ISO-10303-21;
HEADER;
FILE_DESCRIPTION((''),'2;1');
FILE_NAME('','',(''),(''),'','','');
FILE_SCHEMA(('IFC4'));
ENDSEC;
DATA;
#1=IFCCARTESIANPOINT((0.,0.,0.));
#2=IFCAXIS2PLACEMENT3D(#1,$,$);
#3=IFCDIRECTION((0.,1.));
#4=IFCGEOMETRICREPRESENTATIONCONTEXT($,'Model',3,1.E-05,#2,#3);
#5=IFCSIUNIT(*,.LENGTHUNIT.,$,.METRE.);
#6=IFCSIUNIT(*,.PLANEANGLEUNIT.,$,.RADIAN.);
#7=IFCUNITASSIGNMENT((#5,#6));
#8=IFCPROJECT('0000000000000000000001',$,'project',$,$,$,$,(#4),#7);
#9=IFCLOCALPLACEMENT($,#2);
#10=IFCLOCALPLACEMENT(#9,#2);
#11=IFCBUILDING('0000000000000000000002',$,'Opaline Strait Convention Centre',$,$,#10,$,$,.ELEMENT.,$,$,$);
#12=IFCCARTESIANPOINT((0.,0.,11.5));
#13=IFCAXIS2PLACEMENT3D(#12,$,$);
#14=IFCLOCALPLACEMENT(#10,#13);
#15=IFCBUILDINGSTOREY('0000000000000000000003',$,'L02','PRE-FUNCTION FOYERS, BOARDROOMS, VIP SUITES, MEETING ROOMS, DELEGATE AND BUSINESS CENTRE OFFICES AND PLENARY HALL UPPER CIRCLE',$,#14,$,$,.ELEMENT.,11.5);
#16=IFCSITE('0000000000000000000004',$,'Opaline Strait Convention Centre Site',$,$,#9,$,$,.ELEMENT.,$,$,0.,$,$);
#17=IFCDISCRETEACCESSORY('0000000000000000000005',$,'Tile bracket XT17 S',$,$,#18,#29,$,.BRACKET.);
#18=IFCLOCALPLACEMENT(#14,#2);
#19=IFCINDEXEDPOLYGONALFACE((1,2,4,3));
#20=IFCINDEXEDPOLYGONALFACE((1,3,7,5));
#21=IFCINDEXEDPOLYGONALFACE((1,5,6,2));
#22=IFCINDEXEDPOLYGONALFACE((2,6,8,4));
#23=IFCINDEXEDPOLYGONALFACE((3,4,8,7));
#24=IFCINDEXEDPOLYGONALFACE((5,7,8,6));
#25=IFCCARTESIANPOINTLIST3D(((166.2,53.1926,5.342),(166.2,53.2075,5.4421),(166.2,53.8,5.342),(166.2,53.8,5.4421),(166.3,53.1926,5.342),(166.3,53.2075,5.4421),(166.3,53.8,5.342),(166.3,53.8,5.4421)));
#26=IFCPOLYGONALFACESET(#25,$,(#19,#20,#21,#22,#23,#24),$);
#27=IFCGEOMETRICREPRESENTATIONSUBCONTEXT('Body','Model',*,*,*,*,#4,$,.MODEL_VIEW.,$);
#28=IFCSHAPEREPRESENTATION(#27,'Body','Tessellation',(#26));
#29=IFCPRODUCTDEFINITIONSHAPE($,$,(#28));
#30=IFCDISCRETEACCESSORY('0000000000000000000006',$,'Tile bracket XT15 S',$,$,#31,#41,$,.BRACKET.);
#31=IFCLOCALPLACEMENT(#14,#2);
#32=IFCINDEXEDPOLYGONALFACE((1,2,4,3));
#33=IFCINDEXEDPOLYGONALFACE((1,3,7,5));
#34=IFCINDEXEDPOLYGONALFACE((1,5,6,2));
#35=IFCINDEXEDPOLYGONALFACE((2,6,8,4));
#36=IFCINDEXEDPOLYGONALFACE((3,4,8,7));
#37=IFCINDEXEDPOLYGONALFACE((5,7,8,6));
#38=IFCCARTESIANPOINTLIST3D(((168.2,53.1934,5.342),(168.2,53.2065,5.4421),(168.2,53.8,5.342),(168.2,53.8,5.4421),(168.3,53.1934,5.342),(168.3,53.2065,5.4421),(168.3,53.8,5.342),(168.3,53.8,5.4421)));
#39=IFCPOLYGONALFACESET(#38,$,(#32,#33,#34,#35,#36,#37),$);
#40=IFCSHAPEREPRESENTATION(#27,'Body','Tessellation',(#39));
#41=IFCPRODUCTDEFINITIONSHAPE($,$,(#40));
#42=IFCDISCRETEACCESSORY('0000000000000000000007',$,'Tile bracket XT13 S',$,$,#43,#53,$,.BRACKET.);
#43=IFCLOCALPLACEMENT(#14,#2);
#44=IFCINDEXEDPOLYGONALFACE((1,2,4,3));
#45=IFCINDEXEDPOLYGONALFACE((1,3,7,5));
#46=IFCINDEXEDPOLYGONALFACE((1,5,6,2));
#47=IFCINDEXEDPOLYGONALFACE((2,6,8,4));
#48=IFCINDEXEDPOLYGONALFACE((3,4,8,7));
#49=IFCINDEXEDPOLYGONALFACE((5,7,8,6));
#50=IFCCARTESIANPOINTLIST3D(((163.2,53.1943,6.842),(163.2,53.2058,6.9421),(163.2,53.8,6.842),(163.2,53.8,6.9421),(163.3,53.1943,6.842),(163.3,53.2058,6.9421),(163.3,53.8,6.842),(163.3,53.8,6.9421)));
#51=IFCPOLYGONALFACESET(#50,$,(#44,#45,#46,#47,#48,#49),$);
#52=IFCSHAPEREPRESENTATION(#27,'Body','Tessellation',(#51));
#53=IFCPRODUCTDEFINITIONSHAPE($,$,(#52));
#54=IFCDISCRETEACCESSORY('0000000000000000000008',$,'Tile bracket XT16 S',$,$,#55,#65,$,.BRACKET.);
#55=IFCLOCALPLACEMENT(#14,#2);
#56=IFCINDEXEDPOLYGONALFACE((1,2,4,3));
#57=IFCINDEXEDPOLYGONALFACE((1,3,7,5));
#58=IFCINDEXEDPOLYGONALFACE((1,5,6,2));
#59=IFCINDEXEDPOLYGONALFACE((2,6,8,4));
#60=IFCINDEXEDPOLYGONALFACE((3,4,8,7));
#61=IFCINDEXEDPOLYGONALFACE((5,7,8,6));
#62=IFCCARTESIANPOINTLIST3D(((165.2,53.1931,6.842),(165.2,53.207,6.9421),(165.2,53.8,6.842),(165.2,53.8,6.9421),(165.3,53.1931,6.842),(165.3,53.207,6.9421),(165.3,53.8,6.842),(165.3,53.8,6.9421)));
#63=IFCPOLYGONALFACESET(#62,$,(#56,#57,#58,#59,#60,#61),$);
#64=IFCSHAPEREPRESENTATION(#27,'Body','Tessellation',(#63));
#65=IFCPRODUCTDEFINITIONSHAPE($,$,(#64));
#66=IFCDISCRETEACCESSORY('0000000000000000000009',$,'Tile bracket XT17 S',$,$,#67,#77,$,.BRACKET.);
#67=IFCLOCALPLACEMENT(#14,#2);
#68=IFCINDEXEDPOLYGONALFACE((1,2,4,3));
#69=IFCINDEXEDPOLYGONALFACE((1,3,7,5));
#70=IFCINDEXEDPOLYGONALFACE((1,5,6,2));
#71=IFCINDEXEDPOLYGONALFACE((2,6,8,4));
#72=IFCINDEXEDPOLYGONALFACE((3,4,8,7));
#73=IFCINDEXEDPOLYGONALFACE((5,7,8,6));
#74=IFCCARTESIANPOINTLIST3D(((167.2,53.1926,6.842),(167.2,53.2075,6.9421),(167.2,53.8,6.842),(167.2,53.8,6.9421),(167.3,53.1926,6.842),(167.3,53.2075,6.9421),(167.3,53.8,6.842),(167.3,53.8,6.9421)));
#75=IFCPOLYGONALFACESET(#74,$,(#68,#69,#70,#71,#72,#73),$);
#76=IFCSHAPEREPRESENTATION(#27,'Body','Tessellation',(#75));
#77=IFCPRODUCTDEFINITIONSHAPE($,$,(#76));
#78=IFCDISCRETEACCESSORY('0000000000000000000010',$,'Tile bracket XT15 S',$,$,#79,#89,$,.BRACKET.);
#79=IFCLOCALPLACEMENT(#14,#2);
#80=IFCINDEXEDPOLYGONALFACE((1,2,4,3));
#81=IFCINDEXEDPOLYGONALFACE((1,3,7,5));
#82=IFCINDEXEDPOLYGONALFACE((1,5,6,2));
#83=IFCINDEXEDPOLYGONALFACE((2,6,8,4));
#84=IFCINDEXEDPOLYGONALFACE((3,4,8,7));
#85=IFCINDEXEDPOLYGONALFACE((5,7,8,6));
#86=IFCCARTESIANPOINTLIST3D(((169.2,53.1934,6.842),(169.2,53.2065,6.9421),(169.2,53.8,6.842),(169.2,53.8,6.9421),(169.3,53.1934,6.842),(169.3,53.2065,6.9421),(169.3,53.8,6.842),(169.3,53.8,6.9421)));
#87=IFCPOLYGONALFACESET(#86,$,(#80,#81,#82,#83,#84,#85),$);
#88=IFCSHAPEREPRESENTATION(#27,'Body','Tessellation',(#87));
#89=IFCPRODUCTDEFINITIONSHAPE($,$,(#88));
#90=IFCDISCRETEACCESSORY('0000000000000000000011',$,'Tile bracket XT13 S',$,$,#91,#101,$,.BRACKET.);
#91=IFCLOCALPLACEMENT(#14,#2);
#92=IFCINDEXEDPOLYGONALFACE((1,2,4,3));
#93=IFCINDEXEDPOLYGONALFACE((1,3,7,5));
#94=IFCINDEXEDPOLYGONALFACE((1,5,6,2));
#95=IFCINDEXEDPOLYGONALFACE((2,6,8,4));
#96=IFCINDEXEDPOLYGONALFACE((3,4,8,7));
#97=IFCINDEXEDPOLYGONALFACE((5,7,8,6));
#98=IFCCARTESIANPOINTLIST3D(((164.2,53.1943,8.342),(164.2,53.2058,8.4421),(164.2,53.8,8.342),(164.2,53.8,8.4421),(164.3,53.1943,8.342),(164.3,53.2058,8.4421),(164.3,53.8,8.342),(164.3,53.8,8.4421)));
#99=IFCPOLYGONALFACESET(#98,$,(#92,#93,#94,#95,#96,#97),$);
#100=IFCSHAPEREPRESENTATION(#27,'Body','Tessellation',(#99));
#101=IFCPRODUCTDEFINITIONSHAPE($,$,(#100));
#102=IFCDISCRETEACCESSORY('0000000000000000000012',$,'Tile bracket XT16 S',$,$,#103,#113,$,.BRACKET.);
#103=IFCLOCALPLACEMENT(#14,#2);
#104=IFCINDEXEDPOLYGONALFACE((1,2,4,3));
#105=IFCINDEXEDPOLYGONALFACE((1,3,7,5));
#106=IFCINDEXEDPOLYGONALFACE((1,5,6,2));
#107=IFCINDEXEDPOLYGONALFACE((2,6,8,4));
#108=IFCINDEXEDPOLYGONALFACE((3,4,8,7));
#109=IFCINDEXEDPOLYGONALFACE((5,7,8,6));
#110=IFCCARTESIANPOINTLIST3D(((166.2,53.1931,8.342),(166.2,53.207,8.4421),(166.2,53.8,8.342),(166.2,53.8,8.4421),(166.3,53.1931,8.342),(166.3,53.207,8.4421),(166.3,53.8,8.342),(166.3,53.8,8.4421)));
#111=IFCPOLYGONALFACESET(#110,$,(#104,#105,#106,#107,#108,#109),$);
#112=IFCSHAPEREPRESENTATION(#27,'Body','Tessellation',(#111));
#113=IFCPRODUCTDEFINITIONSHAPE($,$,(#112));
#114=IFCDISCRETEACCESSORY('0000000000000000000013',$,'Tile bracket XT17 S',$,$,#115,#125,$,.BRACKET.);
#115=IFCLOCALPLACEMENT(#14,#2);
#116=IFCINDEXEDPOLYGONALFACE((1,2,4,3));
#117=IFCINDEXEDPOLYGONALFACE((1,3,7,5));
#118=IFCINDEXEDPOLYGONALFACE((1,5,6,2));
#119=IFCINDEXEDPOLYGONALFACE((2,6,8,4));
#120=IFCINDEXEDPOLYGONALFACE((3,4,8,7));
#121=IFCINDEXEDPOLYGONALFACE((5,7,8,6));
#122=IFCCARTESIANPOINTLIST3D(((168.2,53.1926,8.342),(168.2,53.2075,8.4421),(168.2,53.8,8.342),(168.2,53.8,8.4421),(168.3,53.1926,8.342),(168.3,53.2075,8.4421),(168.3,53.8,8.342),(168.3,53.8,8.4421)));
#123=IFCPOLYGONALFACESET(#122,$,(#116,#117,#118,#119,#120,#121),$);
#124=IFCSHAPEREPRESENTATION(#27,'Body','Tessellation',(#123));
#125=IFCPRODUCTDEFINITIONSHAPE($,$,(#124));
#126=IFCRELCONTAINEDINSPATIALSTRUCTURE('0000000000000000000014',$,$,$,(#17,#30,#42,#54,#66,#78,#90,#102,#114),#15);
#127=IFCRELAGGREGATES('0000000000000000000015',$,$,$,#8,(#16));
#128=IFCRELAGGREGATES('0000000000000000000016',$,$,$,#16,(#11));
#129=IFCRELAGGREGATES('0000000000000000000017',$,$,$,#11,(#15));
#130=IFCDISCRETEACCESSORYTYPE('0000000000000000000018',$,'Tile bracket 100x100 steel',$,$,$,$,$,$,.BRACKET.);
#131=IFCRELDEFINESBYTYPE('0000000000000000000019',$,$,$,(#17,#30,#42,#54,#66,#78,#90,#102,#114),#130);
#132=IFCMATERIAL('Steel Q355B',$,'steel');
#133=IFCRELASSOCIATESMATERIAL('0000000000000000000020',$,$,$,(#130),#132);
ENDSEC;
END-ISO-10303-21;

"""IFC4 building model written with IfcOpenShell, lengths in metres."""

from ifc_helpers import new_model, si_unit, direction, frame, origin, place, context, subcontext, project, spatial, polyline, outline, extrude, material, type_object, element, save


model = new_model("IFC4")

# Units and contexts
model_context = context("Model", 3, precision=1e-05, world=origin(), true_north=direction((0.0, 1.0)))
body_context = subcontext(model_context, "Body", "Model", "MODEL_VIEW")
ifc_project = project(units=[si_unit("LENGTHUNIT", "METRE"), si_unit("PLANEANGLEUNIT", "RADIAN")], contexts=[model_context])

# Site, building, storey
site_placement = place(None, origin())
site = spatial("IfcSite", under=ifc_project, at=site_placement, Name="Opaline Strait Convention Centre Site", CompositionType="ELEMENT", RefElevation=0.0)
building_placement = place(site_placement, origin())
building = spatial("IfcBuilding", under=site, at=building_placement, Name="Opaline Strait Convention Centre", CompositionType="ELEMENT")
storey_placement = place(building_placement, frame((0.0, 0.0, 11.5)))
storey = spatial("IfcBuildingStorey", under=building, at=storey_placement, Name="L02", Description="PRE-FUNCTION FOYERS, BOARDROOMS, VIP SUITES, MEETING ROOMS, DELEGATE AND BUSINESS CENTRE OFFICES AND PLENARY HALL UPPER CIRCLE", CompositionType="ELEMENT", Elevation=11.5)

# Discrete accessories
ifc_material_1 = material(Name="Steel Q355B", Category="steel")
discrete_accessory_type = type_object("IfcDiscreteAccessoryType", Name="Tile bracket 100x100 steel", PredefinedType="BRACKET", material=ifc_material_1)
discrete_accessory_1_placement = place(storey_placement, frame((166.2, 53.8, 5.3921), z_axis=(1.0, 0.0, 0.0), x_axis=(0.0, 1.0, 0.0)))
element("IfcDiscreteAccessory", 1, at=discrete_accessory_1_placement, inside=storey, type_object=discrete_accessory_type, Name="Tile bracket XT17 S", PredefinedType="BRACKET", context=body_context, shape_type="SweptSolid", body=[
    extrude(outline(polyline([(0.0, -0.05), (0.0, 0.05), (-0.5925, 0.05), (-0.6074, -0.05), (0.0, -0.05)])), origin(), (0.0, 0.0, 1.0), 0.1001),
])
discrete_accessory_2_placement = place(storey_placement, frame((168.2, 53.8, 5.3921), z_axis=(1.0, 0.0, 0.0), x_axis=(0.0, 1.0, 0.0)))
element("IfcDiscreteAccessory", 2, at=discrete_accessory_2_placement, inside=storey, type_object=discrete_accessory_type, Name="Tile bracket XT15 S", PredefinedType="BRACKET", context=body_context, shape_type="SweptSolid", body=[
    extrude(outline(polyline([(0.0, -0.05), (0.0, 0.05), (-0.5935, 0.05), (-0.6067, -0.05), (0.0, -0.05)])), origin(), (0.0, 0.0, 1.0), 0.1001),
])
discrete_accessory_3_placement = place(storey_placement, frame((163.2, 53.8, 6.8921), z_axis=(1.0, 0.0, 0.0), x_axis=(0.0, 1.0, 0.0)))
element("IfcDiscreteAccessory", 3, at=discrete_accessory_3_placement, inside=storey, type_object=discrete_accessory_type, Name="Tile bracket XT13 S", PredefinedType="BRACKET", context=body_context, shape_type="SweptSolid", body=[
    extrude(outline(polyline([(0.0, -0.05), (0.0, 0.05), (-0.5942, 0.05), (-0.6057, -0.05), (0.0, -0.05)])), origin(), (0.0, 0.0, 1.0), 0.1001),
])
discrete_accessory_4_placement = place(storey_placement, frame((165.2, 53.8, 6.8921), z_axis=(1.0, 0.0, 0.0), x_axis=(0.0, 1.0, 0.0)))
element("IfcDiscreteAccessory", 4, at=discrete_accessory_4_placement, inside=storey, type_object=discrete_accessory_type, Name="Tile bracket XT16 S", PredefinedType="BRACKET", context=body_context, shape_type="SweptSolid", body=[
    extrude(outline(polyline([(0.0, -0.05), (0.0, 0.05), (-0.593, 0.05), (-0.6069, -0.05), (0.0, -0.05)])), origin(), (0.0, 0.0, 1.0), 0.1001),
])
discrete_accessory_5_placement = place(storey_placement, frame((167.2, 53.8, 6.8921), z_axis=(1.0, 0.0, 0.0), x_axis=(0.0, 1.0, 0.0)))
element("IfcDiscreteAccessory", 5, at=discrete_accessory_5_placement, inside=storey, type_object=discrete_accessory_type, Name="Tile bracket XT17 S", PredefinedType="BRACKET", context=body_context, shape_type="SweptSolid", body=[
    extrude(outline(polyline([(0.0, -0.05), (0.0, 0.05), (-0.5925, 0.05), (-0.6074, -0.05), (0.0, -0.05)])), origin(), (0.0, 0.0, 1.0), 0.1001),
])
discrete_accessory_6_placement = place(storey_placement, frame((169.2, 53.8, 6.8921), z_axis=(1.0, 0.0, 0.0), x_axis=(0.0, 1.0, 0.0)))
element("IfcDiscreteAccessory", 6, at=discrete_accessory_6_placement, inside=storey, type_object=discrete_accessory_type, Name="Tile bracket XT15 S", PredefinedType="BRACKET", context=body_context, shape_type="SweptSolid", body=[
    extrude(outline(polyline([(0.0, -0.05), (0.0, 0.05), (-0.5935, 0.05), (-0.6067, -0.05), (0.0, -0.05)])), origin(), (0.0, 0.0, 1.0), 0.1001),
])
discrete_accessory_7_placement = place(storey_placement, frame((164.2, 53.8, 8.3921), z_axis=(1.0, 0.0, 0.0), x_axis=(0.0, 1.0, 0.0)))
element("IfcDiscreteAccessory", 7, at=discrete_accessory_7_placement, inside=storey, type_object=discrete_accessory_type, Name="Tile bracket XT13 S", PredefinedType="BRACKET", context=body_context, shape_type="SweptSolid", body=[
    extrude(outline(polyline([(0.0, -0.05), (0.0, 0.05), (-0.5942, 0.05), (-0.6057, -0.05), (0.0, -0.05)])), origin(), (0.0, 0.0, 1.0), 0.1001),
])
discrete_accessory_8_placement = place(storey_placement, frame((166.2, 53.8, 8.3921), z_axis=(1.0, 0.0, 0.0), x_axis=(0.0, 1.0, 0.0)))
element("IfcDiscreteAccessory", 8, at=discrete_accessory_8_placement, inside=storey, type_object=discrete_accessory_type, Name="Tile bracket XT16 S", PredefinedType="BRACKET", context=body_context, shape_type="SweptSolid", body=[
    extrude(outline(polyline([(0.0, -0.05), (0.0, 0.05), (-0.593, 0.05), (-0.6069, -0.05), (0.0, -0.05)])), origin(), (0.0, 0.0, 1.0), 0.1001),
])
discrete_accessory_9_placement = place(storey_placement, frame((168.2, 53.8, 8.3921), z_axis=(1.0, 0.0, 0.0), x_axis=(0.0, 1.0, 0.0)))
element("IfcDiscreteAccessory", 9, at=discrete_accessory_9_placement, inside=storey, type_object=discrete_accessory_type, Name="Tile bracket XT17 S", PredefinedType="BRACKET", context=body_context, shape_type="SweptSolid", body=[
    extrude(outline(polyline([(0.0, -0.05), (0.0, 0.05), (-0.5925, 0.05), (-0.6074, -0.05), (0.0, -0.05)])), origin(), (0.0, 0.0, 1.0), 0.1001),
])

save(model, "model.ifc")
